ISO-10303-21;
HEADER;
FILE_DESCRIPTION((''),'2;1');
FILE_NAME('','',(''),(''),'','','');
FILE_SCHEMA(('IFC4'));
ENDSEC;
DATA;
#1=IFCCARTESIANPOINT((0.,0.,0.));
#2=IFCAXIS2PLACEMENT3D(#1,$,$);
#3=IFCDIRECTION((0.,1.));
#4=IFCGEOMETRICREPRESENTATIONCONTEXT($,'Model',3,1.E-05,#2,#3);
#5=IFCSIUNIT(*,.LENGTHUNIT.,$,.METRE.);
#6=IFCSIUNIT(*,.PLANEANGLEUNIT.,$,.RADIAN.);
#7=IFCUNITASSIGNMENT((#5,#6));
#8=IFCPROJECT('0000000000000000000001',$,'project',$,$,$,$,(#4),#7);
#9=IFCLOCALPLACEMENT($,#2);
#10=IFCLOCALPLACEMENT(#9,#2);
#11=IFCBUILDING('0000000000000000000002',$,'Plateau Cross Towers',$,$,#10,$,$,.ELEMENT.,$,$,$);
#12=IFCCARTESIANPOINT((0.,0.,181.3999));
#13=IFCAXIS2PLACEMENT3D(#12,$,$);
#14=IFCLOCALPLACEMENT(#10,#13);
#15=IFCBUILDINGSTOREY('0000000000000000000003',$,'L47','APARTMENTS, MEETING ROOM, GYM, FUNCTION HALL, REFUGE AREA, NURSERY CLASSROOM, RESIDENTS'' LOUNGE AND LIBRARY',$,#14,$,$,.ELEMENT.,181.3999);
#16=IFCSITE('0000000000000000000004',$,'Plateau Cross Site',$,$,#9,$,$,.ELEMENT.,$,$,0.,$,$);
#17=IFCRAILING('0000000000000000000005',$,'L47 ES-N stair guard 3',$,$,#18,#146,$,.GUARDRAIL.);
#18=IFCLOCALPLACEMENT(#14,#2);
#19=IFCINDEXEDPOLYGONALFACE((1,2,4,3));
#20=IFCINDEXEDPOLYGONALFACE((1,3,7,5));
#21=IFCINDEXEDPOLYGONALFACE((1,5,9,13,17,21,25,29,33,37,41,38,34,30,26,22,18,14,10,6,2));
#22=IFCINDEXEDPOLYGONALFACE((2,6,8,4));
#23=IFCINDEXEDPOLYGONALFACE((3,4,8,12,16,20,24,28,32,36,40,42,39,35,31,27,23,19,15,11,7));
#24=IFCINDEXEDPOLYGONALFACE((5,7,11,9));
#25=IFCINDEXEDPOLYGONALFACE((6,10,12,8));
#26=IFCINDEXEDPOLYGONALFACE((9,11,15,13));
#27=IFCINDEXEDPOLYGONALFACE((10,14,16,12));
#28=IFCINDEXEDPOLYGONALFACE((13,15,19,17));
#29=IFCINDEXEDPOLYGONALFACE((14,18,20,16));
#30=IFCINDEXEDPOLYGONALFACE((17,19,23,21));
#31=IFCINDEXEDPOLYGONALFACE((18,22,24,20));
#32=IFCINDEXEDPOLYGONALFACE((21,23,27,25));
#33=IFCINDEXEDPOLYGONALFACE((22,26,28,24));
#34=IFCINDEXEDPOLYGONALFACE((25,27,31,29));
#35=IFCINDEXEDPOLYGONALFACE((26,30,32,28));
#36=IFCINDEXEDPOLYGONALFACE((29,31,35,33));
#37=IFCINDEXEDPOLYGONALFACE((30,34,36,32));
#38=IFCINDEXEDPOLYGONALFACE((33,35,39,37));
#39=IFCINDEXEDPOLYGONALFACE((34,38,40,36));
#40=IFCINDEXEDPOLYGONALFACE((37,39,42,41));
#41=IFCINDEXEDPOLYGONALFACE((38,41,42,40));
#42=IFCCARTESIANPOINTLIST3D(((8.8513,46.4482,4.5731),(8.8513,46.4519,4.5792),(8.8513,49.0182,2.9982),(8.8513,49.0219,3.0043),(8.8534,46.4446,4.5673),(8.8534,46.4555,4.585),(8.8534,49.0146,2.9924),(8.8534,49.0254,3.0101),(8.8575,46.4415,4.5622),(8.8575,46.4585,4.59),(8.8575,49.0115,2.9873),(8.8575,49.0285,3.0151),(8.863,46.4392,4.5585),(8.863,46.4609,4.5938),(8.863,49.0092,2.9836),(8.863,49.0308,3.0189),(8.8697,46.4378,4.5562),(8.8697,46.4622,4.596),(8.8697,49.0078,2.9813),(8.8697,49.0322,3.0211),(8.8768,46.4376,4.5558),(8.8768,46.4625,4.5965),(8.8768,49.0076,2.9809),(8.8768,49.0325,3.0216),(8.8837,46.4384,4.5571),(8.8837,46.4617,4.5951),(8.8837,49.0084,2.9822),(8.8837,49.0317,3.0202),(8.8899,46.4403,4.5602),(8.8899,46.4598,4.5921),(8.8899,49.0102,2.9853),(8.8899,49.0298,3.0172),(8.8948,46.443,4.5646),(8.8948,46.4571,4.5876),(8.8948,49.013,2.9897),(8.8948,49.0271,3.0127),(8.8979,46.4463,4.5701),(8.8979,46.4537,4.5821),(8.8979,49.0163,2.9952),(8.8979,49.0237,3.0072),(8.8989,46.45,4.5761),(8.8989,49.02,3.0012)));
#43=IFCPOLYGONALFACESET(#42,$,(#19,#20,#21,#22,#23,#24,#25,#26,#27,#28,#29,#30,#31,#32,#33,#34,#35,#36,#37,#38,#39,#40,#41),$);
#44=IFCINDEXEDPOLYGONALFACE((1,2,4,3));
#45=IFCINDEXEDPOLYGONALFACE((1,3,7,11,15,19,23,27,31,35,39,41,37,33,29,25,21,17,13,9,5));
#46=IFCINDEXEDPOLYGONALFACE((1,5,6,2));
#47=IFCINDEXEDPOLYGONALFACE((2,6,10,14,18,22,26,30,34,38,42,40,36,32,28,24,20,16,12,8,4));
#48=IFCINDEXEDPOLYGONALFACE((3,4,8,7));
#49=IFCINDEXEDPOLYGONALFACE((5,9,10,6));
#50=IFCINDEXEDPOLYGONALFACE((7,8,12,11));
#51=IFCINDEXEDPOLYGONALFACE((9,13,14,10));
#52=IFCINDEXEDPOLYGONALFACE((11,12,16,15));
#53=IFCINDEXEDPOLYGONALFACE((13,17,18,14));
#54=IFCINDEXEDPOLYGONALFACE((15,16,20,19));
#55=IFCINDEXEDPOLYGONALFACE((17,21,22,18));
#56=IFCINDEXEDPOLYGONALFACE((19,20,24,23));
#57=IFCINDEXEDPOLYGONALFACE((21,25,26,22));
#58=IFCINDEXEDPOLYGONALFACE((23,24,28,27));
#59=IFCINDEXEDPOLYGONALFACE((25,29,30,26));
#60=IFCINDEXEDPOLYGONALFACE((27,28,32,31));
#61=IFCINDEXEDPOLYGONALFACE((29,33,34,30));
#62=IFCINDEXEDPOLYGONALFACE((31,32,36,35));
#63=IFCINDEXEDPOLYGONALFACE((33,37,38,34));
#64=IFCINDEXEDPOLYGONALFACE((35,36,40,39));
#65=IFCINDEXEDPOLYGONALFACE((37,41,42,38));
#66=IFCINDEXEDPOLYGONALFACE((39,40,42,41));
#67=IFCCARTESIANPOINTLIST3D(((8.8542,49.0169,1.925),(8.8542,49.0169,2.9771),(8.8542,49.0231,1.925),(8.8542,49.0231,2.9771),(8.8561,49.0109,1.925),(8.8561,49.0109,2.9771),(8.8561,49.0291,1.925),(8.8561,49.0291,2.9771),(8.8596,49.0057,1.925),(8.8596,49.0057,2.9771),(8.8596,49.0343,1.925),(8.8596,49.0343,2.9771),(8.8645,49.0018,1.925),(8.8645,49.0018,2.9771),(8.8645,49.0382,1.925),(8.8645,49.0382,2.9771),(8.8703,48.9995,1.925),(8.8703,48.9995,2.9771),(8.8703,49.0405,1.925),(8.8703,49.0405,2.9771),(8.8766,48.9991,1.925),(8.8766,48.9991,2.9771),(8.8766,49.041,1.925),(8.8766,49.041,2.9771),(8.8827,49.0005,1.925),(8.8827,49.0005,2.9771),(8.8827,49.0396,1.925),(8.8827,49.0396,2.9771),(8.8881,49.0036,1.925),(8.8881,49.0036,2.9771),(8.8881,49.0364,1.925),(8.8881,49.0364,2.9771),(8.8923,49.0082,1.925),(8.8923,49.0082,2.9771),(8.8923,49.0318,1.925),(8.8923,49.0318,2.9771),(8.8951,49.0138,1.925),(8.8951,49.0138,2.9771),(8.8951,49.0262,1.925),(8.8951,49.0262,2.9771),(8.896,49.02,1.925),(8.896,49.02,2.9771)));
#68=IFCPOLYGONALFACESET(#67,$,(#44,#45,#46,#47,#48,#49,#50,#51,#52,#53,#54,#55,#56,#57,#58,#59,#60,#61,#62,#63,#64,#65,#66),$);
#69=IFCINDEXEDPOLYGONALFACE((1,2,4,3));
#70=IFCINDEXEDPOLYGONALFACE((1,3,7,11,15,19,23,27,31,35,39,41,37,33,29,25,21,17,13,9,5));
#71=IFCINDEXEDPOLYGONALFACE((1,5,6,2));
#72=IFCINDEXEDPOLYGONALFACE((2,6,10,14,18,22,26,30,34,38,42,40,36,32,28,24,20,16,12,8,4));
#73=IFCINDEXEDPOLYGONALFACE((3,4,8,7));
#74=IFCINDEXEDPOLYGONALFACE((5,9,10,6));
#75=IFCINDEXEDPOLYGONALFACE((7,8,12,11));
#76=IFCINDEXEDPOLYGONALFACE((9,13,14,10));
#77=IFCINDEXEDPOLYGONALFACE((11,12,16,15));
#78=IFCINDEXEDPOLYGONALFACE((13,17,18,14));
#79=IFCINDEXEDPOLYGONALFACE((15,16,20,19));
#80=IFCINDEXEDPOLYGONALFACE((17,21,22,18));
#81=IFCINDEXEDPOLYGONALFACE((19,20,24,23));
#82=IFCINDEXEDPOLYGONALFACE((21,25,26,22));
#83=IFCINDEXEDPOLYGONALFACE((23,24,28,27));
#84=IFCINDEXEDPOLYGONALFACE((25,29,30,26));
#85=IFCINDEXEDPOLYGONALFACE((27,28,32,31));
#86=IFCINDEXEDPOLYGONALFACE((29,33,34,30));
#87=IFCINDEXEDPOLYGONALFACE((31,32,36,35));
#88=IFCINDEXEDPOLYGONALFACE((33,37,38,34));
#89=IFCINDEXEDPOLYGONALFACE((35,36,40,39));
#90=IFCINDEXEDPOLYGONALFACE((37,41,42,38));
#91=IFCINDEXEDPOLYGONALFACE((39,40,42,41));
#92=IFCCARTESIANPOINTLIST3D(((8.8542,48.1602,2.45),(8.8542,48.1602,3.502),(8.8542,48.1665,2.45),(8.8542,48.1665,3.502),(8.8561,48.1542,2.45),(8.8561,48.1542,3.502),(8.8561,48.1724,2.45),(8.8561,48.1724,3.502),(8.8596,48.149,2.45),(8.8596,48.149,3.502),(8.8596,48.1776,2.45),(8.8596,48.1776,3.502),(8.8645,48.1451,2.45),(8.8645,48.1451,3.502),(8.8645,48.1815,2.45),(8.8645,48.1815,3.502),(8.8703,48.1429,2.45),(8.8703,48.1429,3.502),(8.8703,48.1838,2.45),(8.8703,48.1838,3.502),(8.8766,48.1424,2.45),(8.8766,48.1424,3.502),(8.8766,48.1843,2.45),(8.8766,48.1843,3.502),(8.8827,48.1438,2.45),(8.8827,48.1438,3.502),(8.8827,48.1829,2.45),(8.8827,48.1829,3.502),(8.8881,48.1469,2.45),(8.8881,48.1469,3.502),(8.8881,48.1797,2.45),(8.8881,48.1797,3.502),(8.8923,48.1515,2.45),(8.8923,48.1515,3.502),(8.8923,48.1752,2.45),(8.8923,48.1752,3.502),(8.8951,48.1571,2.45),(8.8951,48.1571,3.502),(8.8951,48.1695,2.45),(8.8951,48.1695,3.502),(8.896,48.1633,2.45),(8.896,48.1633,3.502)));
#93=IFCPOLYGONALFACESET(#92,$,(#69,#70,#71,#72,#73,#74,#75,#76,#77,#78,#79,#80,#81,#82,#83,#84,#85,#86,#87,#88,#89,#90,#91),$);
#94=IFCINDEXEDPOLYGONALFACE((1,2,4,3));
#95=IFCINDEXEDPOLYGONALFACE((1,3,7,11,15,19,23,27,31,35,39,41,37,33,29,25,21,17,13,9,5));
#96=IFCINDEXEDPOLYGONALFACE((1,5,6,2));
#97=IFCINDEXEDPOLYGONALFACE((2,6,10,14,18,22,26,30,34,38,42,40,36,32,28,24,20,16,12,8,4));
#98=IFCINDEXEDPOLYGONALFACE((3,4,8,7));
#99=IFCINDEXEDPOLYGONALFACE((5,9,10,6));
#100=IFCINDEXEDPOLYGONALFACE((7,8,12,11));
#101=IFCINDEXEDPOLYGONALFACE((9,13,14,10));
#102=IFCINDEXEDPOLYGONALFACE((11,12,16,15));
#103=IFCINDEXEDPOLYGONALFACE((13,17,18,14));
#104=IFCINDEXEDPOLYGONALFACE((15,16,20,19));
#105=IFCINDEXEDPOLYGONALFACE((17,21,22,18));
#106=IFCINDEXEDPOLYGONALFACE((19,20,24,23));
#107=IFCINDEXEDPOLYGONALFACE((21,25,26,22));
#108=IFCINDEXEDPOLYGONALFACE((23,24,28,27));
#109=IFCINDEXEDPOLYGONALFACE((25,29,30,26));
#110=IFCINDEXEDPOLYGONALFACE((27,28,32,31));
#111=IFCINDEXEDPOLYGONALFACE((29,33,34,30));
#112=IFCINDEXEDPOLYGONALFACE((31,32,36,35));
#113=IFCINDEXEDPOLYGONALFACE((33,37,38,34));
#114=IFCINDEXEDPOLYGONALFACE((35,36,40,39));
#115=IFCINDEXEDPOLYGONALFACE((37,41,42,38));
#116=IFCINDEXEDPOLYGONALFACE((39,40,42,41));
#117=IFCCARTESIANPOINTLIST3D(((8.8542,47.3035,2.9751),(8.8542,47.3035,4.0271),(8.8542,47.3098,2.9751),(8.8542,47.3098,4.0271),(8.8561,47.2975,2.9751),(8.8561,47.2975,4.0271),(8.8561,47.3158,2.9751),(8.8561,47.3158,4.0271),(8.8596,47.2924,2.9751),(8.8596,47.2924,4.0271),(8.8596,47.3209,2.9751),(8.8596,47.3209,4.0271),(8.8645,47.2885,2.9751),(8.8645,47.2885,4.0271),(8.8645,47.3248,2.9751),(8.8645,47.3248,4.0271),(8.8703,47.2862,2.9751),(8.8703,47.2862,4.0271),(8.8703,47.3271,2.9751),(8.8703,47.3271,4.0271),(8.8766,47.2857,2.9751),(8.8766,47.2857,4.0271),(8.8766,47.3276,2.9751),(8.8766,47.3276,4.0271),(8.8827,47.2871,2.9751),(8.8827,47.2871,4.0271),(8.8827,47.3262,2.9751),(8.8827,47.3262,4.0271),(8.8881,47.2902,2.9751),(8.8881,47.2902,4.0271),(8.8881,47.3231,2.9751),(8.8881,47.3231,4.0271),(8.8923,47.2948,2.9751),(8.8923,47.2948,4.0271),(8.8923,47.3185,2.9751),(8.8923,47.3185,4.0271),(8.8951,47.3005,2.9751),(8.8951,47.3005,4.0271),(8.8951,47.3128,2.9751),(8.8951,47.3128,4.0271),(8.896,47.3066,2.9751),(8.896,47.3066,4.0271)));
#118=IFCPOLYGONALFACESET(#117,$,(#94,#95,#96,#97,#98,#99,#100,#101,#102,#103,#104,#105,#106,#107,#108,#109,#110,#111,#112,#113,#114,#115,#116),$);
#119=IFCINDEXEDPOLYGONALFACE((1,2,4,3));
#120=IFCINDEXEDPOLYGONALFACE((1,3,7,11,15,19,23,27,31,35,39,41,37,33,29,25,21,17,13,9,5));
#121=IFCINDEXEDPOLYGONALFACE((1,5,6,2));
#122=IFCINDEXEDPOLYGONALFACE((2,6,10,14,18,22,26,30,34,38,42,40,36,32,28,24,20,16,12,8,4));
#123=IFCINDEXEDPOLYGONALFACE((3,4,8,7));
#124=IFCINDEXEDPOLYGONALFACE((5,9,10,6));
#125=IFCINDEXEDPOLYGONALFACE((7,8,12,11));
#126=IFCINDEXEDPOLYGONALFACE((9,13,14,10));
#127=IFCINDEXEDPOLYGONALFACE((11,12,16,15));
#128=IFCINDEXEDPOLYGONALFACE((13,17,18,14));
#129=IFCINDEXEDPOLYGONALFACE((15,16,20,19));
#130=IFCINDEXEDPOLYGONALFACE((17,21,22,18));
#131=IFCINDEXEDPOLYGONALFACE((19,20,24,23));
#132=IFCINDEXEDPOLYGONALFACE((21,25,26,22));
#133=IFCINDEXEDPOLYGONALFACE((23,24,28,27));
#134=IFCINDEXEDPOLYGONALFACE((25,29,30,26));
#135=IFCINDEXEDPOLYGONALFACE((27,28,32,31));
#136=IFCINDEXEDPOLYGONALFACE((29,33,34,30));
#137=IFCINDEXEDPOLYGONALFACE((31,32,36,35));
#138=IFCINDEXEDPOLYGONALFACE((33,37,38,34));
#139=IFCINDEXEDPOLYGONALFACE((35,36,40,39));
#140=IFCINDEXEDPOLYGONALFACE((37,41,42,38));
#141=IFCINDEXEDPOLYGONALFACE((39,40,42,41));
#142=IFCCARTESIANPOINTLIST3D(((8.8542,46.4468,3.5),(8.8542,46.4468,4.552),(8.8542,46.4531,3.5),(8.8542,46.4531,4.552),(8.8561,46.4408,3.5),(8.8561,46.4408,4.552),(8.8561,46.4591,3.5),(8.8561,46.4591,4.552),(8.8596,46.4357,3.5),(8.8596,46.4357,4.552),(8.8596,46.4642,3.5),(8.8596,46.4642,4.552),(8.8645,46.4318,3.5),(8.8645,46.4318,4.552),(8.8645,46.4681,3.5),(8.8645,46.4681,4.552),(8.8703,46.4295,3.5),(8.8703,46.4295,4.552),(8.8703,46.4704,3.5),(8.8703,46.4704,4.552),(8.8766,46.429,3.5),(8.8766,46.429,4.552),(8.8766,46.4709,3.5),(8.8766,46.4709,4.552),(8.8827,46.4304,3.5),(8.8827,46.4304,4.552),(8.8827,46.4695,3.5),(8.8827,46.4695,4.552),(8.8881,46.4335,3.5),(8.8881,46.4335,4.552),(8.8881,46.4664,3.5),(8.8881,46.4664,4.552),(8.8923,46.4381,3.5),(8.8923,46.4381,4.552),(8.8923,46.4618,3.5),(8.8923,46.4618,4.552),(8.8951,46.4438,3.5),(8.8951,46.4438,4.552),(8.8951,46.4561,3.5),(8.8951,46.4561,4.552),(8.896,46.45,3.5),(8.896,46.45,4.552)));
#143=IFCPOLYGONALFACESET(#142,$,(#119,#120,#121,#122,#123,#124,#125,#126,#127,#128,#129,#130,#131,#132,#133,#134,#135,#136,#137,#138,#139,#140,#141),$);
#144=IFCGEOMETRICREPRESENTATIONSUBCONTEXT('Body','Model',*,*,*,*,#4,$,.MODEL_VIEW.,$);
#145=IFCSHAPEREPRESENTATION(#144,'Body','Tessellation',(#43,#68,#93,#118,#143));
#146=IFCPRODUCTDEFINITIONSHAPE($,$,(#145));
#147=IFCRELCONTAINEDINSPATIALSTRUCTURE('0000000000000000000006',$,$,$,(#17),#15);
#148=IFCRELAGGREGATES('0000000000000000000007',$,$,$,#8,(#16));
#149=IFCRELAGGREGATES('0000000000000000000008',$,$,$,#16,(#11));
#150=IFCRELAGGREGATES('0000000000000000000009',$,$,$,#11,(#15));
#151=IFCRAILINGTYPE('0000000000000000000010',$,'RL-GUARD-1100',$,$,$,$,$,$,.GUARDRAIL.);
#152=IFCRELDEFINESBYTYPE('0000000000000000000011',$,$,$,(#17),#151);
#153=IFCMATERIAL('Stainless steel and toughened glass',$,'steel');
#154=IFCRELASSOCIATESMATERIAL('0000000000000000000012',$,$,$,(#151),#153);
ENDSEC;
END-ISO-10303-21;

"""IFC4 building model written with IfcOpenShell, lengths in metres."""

from ifc_helpers import new_model, si_unit, direction, frame, origin, origin_2d, place, context, subcontext, project, spatial, circle, extrude, material, type_object, element, save


model = new_model("IFC4")

# Units and contexts
model_context = context("Model", 3, precision=1e-05, world=origin(), true_north=direction((0.0, 1.0)))
body_context = subcontext(model_context, "Body", "Model", "MODEL_VIEW")
ifc_project = project(units=[si_unit("LENGTHUNIT", "METRE"), si_unit("PLANEANGLEUNIT", "RADIAN")], contexts=[model_context])

# Site, building, storey
site_placement = place(None, origin())
site = spatial("IfcSite", under=ifc_project, at=site_placement, Name="Plateau Cross Site", CompositionType="ELEMENT", RefElevation=0.0)
building_placement = place(site_placement, origin())
building = spatial("IfcBuilding", under=site, at=building_placement, Name="Plateau Cross Towers", CompositionType="ELEMENT")
storey_placement = place(building_placement, frame((0.0, 0.0, 181.3999)))
storey = spatial("IfcBuildingStorey", under=building, at=storey_placement, Name="L47", Description="APARTMENTS, MEETING ROOM, GYM, FUNCTION HALL, REFUGE AREA, NURSERY CLASSROOM, RESIDENTS' LOUNGE AND LIBRARY", CompositionType="ELEMENT", Elevation=181.3999)

# Railing
ifc_material_1 = material(Name="Stainless steel and toughened glass", Category="steel")
railing_type = type_object("IfcRailingType", Name="RL-GUARD-1100", PredefinedType="GUARDRAIL", material=ifc_material_1)
railing_1_placement = place(storey_placement, frame((8.875, 49.02, 1.925)))
element("IfcRailing", 1, at=railing_1_placement, inside=storey, type_object=railing_type, Name="L47 ES-N stair guard 3", PredefinedType="GUARDRAIL", context=body_context, shape_type="SweptSolid", body=[
    extrude(circle(Radius=0.0239, at=origin_2d()), frame((0.0, 0.0, 1.0762), z_axis=(0.0, -0.852639, 0.522501), x_axis=(1.0, 0.0, 0.0)), (0.0, 0.0, 1.0), 3.0142),
    extrude(circle(Radius=0.021, at=origin_2d()), origin(), (0.0, 0.0, 1.0), 1.052),
    extrude(circle(Radius=0.021, at=origin_2d()), frame((0.0, -0.8567, 0.5249)), (0.0, 0.0, 1.0), 1.052),
    extrude(circle(Radius=0.021, at=origin_2d()), frame((0.0, -1.7134, 1.05)), (0.0, 0.0, 1.0), 1.052),
    extrude(circle(Radius=0.021, at=origin_2d()), frame((0.0, -2.5701, 1.575)), (0.0, 0.0, 1.0), 1.052),
])

save(model, "model.ifc")
